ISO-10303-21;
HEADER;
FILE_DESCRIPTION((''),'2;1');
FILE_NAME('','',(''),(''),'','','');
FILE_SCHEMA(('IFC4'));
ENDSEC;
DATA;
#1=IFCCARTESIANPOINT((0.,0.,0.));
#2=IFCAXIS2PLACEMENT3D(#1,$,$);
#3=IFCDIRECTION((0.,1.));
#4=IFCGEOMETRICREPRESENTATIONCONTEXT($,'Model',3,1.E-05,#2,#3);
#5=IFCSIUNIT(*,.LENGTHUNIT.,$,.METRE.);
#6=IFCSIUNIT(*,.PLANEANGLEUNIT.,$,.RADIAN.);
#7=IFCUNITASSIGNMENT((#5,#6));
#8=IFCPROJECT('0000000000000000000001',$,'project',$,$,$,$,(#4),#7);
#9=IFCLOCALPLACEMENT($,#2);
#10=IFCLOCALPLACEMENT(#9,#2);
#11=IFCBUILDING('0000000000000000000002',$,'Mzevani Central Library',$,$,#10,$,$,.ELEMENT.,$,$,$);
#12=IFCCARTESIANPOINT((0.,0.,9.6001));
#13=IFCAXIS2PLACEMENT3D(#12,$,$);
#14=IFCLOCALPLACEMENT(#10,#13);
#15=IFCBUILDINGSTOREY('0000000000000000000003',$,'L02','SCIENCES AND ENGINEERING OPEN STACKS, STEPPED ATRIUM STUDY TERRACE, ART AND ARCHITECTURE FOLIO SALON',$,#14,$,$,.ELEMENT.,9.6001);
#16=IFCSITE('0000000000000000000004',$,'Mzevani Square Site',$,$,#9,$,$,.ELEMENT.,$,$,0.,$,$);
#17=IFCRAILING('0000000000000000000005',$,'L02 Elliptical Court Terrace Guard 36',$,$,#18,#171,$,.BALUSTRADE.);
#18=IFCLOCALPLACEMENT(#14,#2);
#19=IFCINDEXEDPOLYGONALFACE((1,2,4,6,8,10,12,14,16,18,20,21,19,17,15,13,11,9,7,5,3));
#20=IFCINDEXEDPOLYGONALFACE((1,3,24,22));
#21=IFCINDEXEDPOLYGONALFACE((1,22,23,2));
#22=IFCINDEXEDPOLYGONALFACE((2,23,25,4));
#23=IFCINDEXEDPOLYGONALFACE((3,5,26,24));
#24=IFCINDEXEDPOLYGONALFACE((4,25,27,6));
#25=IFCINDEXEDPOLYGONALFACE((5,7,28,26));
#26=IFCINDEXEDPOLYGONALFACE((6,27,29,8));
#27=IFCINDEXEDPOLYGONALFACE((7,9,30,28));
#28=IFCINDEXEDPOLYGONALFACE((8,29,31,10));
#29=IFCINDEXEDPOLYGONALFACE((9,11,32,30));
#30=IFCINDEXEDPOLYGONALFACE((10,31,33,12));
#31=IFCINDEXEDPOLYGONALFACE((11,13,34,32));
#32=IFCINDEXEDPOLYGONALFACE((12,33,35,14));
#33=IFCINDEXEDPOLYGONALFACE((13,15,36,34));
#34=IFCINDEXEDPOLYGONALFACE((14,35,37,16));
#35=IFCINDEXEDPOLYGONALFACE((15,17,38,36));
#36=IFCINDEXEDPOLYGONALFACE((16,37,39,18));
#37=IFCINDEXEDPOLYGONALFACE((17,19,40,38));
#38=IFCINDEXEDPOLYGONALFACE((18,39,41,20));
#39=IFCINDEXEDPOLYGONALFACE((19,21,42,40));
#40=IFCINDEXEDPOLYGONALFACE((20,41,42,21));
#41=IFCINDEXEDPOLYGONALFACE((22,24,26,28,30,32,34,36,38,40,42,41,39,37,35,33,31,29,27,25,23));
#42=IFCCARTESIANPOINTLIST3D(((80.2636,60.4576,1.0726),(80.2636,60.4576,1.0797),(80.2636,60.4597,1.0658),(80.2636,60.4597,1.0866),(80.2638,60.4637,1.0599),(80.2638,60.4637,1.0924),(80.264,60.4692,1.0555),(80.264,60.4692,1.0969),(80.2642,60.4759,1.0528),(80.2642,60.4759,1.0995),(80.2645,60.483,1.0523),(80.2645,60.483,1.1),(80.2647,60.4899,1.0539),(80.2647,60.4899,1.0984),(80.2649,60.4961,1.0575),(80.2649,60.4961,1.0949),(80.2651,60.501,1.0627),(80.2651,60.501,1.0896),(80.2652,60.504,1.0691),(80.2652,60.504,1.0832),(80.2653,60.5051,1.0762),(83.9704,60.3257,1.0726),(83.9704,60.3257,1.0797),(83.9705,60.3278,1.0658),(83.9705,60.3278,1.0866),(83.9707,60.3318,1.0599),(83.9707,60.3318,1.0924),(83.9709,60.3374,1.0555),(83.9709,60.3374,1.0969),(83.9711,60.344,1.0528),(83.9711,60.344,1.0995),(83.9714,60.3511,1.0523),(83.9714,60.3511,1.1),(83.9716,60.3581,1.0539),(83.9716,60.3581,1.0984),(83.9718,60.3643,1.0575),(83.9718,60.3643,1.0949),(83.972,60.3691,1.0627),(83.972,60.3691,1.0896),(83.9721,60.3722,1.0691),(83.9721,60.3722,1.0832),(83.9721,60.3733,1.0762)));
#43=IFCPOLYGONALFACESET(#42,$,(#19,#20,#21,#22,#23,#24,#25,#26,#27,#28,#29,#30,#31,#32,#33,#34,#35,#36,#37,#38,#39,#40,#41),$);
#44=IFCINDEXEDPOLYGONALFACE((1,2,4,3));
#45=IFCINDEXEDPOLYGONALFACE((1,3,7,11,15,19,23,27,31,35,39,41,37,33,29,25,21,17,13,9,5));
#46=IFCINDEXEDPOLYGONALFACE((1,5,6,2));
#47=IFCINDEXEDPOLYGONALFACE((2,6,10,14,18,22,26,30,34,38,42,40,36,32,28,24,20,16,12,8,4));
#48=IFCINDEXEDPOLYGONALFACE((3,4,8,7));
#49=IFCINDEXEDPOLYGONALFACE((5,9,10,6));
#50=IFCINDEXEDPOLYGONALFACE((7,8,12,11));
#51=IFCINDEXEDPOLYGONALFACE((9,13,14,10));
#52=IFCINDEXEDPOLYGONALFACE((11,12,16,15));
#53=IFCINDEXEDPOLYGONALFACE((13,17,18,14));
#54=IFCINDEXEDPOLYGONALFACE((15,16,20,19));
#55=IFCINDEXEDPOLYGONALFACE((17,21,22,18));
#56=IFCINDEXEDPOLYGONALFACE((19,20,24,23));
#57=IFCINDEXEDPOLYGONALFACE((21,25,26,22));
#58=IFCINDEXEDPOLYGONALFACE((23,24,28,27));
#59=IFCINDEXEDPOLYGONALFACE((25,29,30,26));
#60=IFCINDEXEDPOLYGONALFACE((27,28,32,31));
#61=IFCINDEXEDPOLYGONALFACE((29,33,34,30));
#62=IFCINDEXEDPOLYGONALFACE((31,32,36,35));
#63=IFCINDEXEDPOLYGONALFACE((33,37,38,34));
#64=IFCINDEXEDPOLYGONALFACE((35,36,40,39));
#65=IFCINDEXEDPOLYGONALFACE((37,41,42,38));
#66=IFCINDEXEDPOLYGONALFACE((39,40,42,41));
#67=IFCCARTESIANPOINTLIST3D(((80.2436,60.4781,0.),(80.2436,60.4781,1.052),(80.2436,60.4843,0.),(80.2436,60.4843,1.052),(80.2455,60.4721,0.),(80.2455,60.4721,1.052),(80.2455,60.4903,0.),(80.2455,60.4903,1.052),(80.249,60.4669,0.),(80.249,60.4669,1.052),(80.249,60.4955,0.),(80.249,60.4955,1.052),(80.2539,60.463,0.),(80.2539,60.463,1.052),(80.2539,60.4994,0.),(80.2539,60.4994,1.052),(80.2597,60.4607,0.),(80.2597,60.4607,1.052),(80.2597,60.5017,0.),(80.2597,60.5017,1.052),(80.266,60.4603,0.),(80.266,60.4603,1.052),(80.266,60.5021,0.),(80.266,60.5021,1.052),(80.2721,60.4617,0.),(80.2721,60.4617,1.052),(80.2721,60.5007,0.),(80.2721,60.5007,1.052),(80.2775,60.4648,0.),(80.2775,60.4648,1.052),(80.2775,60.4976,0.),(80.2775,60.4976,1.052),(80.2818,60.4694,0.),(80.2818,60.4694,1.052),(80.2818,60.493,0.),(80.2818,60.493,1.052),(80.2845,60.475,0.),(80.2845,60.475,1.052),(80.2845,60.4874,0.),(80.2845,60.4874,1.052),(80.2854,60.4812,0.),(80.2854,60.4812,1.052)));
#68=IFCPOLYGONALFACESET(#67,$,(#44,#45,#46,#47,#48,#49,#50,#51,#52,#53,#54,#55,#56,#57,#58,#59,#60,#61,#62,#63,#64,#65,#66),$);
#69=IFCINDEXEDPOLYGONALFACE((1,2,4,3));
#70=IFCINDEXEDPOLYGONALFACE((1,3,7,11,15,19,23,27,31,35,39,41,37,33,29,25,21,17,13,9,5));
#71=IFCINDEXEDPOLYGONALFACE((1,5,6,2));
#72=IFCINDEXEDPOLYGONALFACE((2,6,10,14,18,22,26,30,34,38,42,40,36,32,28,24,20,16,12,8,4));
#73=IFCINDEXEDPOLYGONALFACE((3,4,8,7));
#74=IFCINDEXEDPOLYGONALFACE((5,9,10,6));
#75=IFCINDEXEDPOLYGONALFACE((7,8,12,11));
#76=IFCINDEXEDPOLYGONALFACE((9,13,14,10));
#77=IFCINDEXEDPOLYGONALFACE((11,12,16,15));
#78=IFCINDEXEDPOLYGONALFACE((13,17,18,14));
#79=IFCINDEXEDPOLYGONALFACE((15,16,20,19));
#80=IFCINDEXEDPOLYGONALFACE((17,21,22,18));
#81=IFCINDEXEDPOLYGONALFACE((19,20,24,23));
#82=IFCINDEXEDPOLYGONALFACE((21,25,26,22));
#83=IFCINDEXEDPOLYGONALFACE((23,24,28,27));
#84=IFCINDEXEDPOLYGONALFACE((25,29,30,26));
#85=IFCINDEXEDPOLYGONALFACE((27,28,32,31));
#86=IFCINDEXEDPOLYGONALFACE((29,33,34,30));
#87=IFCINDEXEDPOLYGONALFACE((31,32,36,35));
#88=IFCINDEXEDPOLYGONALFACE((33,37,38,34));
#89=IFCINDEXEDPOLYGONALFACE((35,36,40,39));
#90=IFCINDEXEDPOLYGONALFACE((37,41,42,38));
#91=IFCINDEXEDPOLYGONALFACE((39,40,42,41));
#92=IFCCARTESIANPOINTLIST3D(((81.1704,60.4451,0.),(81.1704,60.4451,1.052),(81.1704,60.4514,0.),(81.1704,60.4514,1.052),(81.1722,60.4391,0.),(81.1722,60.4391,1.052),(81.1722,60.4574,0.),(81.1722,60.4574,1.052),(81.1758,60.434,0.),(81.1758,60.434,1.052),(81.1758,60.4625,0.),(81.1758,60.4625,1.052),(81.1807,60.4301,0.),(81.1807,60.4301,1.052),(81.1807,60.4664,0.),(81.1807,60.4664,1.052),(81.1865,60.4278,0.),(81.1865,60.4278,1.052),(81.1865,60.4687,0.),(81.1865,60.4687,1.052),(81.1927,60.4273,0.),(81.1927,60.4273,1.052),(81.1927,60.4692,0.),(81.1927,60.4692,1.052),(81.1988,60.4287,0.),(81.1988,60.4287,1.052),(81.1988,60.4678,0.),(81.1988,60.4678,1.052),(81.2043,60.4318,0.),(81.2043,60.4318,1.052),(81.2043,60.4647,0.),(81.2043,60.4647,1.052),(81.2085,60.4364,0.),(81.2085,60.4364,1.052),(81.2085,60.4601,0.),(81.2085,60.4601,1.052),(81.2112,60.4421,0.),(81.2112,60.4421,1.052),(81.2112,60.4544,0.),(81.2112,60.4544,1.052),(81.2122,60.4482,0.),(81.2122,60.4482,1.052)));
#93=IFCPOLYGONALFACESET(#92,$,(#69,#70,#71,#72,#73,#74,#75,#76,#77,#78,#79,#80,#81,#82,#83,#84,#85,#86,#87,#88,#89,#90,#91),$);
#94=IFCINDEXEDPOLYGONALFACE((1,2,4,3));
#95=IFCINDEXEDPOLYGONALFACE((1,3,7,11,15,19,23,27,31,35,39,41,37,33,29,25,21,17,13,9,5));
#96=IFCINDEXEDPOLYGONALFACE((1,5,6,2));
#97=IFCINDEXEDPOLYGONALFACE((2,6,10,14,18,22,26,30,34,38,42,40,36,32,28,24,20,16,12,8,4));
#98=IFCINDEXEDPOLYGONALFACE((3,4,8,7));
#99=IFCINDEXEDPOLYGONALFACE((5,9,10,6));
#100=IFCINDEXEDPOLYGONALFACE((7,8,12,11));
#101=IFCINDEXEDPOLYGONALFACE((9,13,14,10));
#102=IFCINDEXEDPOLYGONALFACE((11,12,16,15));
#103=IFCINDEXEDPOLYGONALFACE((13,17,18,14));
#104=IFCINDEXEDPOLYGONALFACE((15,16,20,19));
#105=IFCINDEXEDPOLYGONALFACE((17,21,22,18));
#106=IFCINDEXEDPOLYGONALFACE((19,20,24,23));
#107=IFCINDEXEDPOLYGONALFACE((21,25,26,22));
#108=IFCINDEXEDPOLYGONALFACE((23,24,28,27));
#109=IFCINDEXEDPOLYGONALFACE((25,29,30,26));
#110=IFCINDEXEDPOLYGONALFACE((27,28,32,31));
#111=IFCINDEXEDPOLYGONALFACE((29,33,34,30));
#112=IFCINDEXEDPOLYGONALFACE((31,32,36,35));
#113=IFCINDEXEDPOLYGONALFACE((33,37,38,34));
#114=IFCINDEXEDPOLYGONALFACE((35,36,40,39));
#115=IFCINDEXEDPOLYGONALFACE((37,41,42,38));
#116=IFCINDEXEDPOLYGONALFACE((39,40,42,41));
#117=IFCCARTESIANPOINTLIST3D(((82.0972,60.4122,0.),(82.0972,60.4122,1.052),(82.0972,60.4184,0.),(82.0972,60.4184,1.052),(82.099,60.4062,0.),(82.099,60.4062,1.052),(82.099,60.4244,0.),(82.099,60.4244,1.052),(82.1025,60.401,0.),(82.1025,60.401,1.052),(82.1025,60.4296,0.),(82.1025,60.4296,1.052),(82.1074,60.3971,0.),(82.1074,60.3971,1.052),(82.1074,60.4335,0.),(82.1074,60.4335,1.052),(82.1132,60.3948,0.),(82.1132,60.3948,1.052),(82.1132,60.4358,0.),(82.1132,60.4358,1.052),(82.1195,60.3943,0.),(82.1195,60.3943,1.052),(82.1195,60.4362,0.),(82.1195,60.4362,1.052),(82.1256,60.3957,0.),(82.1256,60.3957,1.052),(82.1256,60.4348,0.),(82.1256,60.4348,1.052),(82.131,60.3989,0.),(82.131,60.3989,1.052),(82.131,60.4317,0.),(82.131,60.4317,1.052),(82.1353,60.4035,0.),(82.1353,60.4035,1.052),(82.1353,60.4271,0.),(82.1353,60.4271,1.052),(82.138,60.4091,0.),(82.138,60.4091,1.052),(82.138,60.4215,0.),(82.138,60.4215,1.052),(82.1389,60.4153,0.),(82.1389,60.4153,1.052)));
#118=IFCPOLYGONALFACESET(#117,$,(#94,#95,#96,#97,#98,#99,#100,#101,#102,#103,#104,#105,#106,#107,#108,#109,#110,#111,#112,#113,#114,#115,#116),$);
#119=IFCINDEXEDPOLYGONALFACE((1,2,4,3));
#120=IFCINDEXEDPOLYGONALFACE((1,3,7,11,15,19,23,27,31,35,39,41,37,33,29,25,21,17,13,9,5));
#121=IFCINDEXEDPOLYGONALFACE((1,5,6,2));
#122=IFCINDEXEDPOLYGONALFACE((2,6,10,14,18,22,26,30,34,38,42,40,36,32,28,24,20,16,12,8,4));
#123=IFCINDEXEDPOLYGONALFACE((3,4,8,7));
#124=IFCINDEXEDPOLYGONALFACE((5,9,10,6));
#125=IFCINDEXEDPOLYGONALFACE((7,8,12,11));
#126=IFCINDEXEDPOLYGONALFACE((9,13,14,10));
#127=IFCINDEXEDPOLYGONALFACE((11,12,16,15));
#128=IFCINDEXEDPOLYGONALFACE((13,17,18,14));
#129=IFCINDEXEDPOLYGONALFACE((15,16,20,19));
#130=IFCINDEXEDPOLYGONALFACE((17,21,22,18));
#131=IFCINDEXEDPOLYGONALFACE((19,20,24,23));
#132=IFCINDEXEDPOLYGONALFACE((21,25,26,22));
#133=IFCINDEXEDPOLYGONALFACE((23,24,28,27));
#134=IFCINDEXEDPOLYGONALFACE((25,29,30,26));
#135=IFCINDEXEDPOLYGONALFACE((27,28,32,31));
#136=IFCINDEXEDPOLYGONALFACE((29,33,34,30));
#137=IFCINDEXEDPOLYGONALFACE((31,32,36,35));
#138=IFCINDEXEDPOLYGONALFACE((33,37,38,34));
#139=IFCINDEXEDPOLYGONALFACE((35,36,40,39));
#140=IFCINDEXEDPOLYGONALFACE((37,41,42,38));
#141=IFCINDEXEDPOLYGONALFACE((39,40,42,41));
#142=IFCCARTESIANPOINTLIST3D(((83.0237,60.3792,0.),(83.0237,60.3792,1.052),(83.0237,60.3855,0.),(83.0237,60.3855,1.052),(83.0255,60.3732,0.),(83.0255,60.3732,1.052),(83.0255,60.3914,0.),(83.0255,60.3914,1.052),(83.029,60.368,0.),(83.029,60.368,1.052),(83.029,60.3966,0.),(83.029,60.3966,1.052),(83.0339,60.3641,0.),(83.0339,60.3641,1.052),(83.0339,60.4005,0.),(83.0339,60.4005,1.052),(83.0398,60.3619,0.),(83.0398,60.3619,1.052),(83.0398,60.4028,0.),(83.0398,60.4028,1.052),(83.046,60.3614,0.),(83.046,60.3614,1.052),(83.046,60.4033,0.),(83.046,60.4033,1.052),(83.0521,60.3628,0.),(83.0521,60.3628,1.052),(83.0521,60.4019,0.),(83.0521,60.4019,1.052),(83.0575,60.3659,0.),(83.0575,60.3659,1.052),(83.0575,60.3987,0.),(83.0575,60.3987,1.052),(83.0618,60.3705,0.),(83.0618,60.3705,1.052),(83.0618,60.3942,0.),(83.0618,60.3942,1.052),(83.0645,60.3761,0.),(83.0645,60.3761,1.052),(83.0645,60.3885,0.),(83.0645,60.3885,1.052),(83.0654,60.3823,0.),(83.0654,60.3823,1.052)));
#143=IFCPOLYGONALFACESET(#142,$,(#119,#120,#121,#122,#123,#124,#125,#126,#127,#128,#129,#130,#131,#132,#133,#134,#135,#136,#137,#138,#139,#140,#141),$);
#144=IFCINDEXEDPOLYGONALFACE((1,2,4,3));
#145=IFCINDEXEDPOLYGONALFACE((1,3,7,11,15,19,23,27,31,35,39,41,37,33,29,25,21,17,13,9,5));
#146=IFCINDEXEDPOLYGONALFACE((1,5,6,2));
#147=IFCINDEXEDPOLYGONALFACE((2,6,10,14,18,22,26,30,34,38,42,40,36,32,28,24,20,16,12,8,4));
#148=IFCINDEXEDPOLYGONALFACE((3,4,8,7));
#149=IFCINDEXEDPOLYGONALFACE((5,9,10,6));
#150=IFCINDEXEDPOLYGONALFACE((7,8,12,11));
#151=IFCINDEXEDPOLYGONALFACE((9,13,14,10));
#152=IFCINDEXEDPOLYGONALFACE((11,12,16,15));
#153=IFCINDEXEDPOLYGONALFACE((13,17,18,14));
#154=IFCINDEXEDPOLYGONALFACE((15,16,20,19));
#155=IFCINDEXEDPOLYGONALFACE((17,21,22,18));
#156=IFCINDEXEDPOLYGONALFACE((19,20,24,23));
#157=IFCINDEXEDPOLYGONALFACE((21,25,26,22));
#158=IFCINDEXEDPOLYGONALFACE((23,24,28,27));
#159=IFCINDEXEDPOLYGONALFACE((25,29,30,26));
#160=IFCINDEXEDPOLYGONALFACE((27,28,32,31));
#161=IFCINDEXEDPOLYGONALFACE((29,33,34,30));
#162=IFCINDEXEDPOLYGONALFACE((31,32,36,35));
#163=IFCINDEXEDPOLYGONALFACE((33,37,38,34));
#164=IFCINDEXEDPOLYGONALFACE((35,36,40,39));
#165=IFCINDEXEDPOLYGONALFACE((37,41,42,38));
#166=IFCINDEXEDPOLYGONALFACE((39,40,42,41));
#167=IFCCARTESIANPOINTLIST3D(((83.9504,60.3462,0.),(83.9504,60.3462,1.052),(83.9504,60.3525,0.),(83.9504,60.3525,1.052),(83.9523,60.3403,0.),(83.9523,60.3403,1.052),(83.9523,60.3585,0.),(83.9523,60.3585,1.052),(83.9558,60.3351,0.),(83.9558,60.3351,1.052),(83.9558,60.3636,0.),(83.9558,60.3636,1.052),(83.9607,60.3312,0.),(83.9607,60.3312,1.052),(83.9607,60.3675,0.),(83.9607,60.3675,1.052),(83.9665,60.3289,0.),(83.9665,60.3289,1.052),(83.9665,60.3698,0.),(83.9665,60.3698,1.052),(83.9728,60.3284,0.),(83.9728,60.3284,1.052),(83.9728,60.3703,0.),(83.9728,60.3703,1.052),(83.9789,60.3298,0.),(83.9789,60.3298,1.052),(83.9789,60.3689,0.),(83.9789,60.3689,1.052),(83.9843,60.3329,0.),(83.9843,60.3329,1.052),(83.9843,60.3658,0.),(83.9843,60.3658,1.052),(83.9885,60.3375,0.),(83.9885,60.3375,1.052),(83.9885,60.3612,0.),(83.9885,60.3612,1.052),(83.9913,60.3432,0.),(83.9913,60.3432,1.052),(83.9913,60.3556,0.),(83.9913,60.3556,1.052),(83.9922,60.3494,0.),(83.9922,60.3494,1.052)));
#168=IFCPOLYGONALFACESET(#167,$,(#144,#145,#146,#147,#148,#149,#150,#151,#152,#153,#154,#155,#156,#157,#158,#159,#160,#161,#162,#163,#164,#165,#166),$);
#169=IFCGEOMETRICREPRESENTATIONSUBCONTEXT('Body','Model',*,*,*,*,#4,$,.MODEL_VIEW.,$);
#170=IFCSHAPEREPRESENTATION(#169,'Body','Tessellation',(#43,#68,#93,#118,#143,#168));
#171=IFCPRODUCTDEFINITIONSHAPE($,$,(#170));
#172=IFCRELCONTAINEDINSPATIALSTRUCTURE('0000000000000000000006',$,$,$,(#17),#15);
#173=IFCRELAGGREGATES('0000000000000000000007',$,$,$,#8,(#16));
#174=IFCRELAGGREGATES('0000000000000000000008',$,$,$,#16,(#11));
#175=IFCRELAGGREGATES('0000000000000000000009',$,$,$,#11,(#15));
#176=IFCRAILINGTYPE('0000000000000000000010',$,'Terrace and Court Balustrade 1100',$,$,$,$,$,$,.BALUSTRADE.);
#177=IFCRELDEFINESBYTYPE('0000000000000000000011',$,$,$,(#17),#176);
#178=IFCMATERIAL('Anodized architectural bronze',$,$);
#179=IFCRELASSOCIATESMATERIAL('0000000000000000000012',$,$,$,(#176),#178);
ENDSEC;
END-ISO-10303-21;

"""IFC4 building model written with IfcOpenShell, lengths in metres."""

from ifc_helpers import new_model, si_unit, direction, frame, origin, origin_2d, place, context, subcontext, project, spatial, circle, extrude, material, type_object, element, save


model = new_model("IFC4")

# Units and contexts
model_context = context("Model", 3, precision=1e-05, world=origin(), true_north=direction((0.0, 1.0)))
body_context = subcontext(model_context, "Body", "Model", "MODEL_VIEW")
ifc_project = project(units=[si_unit("LENGTHUNIT", "METRE"), si_unit("PLANEANGLEUNIT", "RADIAN")], contexts=[model_context])

# Site, building, storey
site_placement = place(None, origin())
site = spatial("IfcSite", under=ifc_project, at=site_placement, Name="Mzevani Square Site", CompositionType="ELEMENT", RefElevation=0.0)
building_placement = place(site_placement, origin())
building = spatial("IfcBuilding", under=site, at=building_placement, Name="Mzevani Central Library", CompositionType="ELEMENT")
storey_placement = place(building_placement, frame((0.0, 0.0, 9.6001)))
storey = spatial("IfcBuildingStorey", under=building, at=storey_placement, Name="L02", Description="SCIENCES AND ENGINEERING OPEN STACKS, STEPPED ATRIUM STUDY TERRACE, ART AND ARCHITECTURE FOLIO SALON", CompositionType="ELEMENT", Elevation=9.6001)

# Railing
ifc_material_1 = material(Name="Anodized architectural bronze")
railing_type = type_object("IfcRailingType", Name="Terrace and Court Balustrade 1100", PredefinedType="BALUSTRADE", material=ifc_material_1)
railing_1_placement = place(storey_placement, frame((80.2644, 60.4812, 0.0)))
element("IfcRailing", 1, at=railing_1_placement, inside=storey, type_object=railing_type, Name="L02 Elliptical Court Terrace Guard 36", PredefinedType="BALUSTRADE", context=body_context, shape_type="SweptSolid", body=[
    extrude(circle(Radius=0.0239, at=origin_2d()), frame((0.0, 0.0, 1.0762), z_axis=(0.999368, -0.035544, 0.0), x_axis=(0.035544, 0.999368, 0.0)), (0.0, 0.0, 1.0), 3.7092),
    extrude(circle(Radius=0.021, at=origin_2d()), origin(), (0.0, 0.0, 1.0), 1.052),
    extrude(circle(Radius=0.021, at=origin_2d()), frame((0.9268, -0.033, 0.0)), (0.0, 0.0, 1.0), 1.052),
    extrude(circle(Radius=0.021, at=origin_2d()), frame((1.8535, -0.0659, 0.0)), (0.0, 0.0, 1.0), 1.052),
    extrude(circle(Radius=0.021, at=origin_2d()), frame((2.78, -0.0989, 0.0)), (0.0, 0.0, 1.0), 1.052),
    extrude(circle(Radius=0.021, at=origin_2d()), frame((3.7068, -0.1318, 0.0)), (0.0, 0.0, 1.0), 1.052),
])

save(model, "model.ifc")
